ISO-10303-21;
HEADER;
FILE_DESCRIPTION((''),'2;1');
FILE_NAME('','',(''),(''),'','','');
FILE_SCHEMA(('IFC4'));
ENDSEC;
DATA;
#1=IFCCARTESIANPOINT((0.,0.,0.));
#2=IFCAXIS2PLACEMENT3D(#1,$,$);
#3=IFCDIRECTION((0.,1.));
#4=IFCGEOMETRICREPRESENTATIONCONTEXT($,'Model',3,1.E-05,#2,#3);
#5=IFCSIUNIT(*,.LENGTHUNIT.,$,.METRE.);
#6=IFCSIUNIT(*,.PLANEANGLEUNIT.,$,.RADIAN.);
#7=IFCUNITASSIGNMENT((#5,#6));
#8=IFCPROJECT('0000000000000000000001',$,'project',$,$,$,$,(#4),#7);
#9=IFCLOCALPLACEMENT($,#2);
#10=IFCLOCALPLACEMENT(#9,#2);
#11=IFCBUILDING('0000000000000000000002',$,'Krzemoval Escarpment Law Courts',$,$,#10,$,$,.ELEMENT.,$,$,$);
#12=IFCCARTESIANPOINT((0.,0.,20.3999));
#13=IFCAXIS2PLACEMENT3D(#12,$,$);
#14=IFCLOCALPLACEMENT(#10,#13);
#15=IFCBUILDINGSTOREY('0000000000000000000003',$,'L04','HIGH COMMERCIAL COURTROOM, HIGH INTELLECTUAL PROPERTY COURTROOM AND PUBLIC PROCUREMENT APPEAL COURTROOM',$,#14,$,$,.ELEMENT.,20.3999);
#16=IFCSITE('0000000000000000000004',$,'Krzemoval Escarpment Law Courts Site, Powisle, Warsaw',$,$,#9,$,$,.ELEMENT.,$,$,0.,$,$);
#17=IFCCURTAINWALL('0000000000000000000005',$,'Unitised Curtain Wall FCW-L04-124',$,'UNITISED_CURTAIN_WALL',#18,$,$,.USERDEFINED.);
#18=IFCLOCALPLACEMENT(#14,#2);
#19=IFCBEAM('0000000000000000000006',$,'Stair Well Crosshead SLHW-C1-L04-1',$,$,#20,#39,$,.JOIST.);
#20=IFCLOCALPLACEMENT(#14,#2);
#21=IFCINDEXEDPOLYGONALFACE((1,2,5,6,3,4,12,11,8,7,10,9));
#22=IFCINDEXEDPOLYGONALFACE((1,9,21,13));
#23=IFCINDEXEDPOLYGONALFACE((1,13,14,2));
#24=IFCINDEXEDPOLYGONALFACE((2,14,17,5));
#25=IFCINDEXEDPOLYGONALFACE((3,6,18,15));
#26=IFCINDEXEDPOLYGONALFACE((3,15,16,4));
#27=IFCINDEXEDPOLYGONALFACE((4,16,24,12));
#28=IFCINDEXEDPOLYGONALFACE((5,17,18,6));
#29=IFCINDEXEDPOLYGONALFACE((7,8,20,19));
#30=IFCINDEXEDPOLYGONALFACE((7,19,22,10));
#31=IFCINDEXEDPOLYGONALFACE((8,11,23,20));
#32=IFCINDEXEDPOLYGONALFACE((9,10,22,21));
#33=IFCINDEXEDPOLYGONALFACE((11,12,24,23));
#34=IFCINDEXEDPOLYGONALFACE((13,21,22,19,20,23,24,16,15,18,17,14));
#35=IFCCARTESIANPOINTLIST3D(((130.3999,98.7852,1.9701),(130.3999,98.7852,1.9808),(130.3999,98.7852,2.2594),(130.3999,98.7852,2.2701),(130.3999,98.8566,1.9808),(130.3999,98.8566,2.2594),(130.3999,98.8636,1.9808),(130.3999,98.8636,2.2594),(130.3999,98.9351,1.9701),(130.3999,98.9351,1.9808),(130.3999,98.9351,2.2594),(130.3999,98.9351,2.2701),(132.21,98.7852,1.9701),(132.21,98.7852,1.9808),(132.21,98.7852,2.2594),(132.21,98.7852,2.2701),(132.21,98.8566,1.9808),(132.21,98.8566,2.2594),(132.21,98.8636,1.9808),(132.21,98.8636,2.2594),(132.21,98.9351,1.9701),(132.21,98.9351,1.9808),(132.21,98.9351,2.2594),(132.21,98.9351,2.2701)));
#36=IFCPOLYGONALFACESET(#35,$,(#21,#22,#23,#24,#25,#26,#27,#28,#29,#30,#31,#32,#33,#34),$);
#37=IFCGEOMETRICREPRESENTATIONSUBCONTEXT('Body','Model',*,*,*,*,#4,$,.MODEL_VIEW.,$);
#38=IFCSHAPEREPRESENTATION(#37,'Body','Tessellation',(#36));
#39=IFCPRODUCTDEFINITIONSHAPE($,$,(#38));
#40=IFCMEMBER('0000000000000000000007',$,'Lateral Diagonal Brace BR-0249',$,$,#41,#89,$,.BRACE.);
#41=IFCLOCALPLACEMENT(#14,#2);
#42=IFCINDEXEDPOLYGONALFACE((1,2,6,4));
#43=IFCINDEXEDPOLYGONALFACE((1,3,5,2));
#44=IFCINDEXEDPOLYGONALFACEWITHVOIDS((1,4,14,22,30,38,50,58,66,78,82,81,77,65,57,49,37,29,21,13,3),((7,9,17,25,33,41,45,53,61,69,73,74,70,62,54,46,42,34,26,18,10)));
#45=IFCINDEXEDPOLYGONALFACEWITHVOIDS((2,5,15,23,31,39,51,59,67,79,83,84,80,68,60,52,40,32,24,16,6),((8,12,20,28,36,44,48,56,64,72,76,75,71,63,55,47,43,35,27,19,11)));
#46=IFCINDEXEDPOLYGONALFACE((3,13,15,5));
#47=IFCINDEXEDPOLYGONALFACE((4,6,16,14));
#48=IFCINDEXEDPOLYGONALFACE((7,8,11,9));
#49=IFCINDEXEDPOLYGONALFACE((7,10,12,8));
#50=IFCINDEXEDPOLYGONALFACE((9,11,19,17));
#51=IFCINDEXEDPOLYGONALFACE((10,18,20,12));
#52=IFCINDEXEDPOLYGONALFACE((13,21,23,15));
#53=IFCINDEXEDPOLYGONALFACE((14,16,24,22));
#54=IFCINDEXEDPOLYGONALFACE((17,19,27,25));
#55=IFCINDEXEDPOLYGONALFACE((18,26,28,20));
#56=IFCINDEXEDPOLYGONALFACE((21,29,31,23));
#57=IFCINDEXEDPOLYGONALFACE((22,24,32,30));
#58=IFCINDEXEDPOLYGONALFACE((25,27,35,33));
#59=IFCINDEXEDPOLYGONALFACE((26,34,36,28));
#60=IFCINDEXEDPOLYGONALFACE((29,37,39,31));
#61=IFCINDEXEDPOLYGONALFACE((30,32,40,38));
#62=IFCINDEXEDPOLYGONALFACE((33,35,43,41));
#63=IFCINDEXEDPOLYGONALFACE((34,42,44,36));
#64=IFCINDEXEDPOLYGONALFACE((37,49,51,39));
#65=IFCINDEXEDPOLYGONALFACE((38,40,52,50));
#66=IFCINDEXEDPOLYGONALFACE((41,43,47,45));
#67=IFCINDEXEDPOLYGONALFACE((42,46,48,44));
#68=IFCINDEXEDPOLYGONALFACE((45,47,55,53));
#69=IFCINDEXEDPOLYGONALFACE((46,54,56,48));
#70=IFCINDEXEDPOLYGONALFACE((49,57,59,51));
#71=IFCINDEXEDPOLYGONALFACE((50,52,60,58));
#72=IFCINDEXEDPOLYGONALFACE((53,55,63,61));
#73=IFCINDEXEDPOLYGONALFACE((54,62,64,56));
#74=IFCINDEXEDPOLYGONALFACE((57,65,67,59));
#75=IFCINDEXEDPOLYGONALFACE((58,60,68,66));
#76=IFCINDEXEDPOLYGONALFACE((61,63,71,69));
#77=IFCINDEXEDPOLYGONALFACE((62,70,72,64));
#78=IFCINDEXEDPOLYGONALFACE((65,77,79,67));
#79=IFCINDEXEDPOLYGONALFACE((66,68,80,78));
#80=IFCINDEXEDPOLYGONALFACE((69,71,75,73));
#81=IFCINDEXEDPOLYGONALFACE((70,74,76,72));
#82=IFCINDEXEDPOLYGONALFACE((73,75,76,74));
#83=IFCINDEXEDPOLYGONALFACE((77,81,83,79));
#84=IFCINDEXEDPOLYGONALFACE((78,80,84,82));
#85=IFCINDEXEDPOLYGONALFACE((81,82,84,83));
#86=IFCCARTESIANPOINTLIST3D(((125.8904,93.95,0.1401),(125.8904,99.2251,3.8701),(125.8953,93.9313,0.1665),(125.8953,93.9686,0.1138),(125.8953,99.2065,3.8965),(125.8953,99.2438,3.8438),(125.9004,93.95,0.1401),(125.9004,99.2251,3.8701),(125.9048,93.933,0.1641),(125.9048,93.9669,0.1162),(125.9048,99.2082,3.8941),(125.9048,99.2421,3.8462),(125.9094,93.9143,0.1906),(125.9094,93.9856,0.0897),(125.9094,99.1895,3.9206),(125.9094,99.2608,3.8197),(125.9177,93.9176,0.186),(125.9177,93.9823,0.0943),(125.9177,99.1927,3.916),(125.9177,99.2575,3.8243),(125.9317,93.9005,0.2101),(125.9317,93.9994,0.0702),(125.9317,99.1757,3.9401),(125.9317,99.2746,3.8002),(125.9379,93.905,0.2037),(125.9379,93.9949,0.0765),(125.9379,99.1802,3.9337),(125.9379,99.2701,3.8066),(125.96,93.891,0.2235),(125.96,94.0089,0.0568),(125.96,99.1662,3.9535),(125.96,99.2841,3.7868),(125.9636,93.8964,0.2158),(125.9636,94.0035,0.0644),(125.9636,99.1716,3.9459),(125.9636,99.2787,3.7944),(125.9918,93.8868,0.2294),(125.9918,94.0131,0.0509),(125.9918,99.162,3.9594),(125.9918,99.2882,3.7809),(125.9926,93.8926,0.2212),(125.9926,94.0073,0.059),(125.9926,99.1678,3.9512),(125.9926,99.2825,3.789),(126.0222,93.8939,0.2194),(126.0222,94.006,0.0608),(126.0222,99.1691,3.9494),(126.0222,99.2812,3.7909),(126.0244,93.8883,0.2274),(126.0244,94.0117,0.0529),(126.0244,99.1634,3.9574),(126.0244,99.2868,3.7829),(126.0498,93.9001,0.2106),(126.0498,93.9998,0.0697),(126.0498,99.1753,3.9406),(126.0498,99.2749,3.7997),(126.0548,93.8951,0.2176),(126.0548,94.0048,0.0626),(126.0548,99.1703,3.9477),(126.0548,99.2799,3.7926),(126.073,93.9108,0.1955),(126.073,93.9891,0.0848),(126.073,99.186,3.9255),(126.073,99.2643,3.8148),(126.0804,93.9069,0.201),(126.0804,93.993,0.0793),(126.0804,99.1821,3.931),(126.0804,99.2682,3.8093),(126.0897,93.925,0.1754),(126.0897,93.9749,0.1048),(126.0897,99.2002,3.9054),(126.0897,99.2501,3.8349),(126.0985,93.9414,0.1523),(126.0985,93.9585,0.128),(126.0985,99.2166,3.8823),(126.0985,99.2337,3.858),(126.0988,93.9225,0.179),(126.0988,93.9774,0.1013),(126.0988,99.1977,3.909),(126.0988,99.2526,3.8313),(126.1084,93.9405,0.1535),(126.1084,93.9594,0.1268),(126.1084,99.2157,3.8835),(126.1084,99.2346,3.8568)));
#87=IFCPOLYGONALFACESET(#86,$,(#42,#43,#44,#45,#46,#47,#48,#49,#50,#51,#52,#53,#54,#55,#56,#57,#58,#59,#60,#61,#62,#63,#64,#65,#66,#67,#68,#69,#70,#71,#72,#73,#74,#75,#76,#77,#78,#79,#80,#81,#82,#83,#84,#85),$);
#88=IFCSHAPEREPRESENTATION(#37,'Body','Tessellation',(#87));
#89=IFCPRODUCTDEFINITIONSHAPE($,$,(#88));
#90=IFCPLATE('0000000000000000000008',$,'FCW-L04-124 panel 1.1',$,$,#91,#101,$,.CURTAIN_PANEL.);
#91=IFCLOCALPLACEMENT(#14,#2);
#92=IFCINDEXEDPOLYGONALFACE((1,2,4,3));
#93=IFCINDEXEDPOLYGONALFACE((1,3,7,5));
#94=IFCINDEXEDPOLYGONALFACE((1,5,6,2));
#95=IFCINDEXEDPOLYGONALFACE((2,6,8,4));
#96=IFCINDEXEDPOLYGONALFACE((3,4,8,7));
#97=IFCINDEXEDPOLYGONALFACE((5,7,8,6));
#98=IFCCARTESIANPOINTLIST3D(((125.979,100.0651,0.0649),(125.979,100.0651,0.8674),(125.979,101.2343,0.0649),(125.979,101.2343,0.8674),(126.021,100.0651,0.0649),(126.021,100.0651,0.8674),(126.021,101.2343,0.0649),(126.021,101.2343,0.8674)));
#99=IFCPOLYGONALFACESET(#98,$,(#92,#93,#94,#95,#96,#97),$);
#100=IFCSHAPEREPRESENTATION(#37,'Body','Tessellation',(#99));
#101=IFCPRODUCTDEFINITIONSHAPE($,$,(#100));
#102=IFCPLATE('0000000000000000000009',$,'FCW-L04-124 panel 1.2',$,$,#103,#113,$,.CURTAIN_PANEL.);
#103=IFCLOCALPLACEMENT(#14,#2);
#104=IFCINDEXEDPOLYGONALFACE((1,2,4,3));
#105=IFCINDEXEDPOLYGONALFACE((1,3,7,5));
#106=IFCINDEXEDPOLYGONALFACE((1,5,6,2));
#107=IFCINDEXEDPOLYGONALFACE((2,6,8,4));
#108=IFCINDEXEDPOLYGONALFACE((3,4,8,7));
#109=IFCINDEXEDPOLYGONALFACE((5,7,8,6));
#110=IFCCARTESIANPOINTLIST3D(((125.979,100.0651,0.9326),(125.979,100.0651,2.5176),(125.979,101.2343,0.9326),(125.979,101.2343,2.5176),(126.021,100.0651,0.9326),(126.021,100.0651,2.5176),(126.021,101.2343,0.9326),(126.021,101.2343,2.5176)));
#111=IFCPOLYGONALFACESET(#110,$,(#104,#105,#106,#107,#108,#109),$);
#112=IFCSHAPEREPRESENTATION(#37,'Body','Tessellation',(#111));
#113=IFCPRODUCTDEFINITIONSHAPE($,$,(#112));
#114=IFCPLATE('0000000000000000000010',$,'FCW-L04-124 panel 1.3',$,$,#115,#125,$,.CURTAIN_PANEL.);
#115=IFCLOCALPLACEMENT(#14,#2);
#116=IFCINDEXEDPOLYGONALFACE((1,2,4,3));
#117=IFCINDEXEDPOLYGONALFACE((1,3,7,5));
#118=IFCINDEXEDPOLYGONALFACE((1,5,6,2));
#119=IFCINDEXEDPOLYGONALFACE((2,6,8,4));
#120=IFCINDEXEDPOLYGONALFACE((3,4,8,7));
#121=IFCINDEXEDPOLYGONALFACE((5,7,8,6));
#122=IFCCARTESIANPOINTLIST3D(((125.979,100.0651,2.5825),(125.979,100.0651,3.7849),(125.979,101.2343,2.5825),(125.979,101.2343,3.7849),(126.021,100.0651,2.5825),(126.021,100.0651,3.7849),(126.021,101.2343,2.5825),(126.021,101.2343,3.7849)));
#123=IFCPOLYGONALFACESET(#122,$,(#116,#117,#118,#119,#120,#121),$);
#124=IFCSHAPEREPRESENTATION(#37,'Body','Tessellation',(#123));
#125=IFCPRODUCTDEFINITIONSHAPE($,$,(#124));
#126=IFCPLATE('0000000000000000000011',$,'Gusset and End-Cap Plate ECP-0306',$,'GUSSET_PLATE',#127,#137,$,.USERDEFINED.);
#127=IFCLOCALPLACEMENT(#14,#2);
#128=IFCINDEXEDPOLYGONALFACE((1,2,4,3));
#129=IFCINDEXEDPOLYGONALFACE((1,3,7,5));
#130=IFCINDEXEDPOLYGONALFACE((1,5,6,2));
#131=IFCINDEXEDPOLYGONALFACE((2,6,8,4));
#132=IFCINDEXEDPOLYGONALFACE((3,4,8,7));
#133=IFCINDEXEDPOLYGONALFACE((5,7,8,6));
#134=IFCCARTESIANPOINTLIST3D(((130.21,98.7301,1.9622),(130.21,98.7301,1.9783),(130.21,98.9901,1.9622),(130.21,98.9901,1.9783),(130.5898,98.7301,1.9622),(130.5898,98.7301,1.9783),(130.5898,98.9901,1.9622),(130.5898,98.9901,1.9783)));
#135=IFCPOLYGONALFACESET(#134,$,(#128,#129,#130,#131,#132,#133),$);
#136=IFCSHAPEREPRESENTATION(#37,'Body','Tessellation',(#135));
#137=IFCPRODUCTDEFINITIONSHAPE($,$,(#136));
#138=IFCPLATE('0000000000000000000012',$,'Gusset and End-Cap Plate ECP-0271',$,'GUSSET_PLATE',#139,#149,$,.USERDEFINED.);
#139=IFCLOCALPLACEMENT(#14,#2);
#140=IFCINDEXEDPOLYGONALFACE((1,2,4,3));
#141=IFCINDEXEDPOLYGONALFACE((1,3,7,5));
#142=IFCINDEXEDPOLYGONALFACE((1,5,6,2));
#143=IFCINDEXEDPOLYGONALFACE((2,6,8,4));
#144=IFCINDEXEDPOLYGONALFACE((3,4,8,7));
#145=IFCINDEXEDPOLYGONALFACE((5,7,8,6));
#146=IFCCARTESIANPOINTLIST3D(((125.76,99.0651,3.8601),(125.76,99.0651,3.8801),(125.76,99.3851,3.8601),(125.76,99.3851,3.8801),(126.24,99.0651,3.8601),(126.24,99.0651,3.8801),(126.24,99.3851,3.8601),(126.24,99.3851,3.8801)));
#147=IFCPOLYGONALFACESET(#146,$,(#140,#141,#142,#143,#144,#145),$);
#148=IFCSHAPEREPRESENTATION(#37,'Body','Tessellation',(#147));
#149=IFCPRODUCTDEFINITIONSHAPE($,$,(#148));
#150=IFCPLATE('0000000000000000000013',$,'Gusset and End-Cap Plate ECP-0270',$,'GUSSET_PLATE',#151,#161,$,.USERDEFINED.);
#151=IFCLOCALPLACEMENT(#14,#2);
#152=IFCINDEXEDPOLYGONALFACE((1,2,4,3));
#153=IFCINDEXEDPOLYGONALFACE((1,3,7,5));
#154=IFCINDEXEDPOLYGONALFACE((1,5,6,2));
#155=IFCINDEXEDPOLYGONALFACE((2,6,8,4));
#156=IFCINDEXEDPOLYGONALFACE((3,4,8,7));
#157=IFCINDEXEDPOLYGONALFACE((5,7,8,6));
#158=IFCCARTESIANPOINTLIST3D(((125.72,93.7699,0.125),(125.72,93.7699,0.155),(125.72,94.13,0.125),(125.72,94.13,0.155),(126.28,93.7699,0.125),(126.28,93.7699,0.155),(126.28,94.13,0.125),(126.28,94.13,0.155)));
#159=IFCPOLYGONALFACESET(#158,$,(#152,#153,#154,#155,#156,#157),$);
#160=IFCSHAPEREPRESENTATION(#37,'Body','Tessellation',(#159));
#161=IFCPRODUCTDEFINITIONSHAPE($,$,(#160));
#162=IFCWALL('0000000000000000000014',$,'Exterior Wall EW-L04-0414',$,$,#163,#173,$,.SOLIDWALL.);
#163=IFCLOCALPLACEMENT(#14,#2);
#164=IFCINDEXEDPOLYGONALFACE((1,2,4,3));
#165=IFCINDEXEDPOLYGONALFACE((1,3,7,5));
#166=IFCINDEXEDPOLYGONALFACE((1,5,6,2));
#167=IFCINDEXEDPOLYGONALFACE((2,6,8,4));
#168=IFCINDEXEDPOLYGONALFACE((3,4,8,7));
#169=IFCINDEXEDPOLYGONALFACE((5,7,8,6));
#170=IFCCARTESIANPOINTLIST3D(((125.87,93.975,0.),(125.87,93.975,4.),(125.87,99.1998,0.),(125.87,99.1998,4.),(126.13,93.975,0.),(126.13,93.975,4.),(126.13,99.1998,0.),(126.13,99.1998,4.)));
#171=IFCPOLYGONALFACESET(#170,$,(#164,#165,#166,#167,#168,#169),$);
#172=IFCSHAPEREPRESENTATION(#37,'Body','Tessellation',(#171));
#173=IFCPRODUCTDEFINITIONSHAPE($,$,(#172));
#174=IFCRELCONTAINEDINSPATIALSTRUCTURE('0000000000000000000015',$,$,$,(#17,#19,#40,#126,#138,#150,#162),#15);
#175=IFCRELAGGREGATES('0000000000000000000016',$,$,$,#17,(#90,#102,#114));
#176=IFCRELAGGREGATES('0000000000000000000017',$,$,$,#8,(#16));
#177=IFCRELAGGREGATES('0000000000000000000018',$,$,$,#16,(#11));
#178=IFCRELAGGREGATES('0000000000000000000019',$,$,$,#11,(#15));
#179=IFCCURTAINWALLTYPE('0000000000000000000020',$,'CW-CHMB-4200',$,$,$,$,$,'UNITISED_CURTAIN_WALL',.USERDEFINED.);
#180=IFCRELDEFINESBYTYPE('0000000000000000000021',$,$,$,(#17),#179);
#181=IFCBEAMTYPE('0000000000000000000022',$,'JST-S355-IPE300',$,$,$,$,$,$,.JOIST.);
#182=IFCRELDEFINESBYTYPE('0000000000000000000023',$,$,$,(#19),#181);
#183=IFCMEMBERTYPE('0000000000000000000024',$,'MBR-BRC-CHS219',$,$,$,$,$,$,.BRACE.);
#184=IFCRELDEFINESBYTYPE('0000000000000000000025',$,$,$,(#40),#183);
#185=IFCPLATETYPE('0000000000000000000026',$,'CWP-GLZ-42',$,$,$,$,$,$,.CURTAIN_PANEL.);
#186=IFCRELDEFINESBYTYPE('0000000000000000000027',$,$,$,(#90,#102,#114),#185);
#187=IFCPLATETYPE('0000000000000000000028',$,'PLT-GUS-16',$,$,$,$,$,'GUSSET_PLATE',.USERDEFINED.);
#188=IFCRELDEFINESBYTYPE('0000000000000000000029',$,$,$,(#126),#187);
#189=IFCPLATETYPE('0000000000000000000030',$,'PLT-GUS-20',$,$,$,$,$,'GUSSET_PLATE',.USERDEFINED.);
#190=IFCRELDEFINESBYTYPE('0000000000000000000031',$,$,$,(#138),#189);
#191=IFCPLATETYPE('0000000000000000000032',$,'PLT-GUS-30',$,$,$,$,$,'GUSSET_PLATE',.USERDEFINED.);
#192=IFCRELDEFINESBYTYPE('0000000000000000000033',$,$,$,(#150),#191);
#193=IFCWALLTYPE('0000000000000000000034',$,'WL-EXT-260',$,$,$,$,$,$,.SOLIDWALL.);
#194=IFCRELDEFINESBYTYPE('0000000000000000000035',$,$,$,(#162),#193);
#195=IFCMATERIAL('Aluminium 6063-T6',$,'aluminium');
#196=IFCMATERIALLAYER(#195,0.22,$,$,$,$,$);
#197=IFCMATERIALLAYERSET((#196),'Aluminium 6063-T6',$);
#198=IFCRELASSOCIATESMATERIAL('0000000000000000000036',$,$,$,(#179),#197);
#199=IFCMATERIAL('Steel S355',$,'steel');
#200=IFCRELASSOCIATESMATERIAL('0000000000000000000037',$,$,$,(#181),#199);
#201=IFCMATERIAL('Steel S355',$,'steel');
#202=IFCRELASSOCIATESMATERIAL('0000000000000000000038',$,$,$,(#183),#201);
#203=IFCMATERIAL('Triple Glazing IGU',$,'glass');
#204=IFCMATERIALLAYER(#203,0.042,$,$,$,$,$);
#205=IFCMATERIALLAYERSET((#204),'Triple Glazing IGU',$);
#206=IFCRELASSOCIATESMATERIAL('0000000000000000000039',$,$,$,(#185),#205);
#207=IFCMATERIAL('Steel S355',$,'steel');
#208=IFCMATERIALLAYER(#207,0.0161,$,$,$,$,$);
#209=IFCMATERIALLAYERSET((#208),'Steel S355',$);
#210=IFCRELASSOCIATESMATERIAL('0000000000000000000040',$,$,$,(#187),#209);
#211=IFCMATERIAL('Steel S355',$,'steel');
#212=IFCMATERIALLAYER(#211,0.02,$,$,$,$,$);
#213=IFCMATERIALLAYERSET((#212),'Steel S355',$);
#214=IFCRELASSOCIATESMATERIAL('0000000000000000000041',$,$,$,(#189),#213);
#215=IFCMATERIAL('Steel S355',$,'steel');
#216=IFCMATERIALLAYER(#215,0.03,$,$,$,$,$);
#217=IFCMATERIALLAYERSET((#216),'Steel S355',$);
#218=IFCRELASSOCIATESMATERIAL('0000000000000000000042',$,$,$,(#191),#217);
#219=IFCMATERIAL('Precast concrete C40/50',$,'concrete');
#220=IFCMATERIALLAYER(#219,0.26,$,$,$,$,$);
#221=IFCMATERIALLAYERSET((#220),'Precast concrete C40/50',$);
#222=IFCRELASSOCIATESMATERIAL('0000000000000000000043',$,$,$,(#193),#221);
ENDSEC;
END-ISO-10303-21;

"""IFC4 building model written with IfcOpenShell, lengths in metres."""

from ifc_helpers import new_model, si_unit, direction, frame, frame_2d, origin, origin_2d, place, context, subcontext, project, spatial, rectangle, hollow_circle, i_section, extrude, material, layer, layer_set, material_profile, profile_set, type_object, element, aggregate, save


model = new_model("IFC4")

# Units and contexts
model_context = context("Model", 3, precision=1e-05, world=origin(), true_north=direction((0.0, 1.0)))
body_context = subcontext(model_context, "Body", "Model", "MODEL_VIEW")
ifc_project = project(units=[si_unit("LENGTHUNIT", "METRE"), si_unit("PLANEANGLEUNIT", "RADIAN")], contexts=[model_context])

# Site, building, storey
site_placement = place(None, origin())
site = spatial("IfcSite", under=ifc_project, at=site_placement, Name="Krzemoval Escarpment Law Courts Site, Powisle, Warsaw", CompositionType="ELEMENT", RefElevation=0.0)
building_placement = place(site_placement, origin())
building = spatial("IfcBuilding", under=site, at=building_placement, Name="Krzemoval Escarpment Law Courts", CompositionType="ELEMENT")
storey_placement = place(building_placement, frame((0.0, 0.0, 20.3999)))
storey = spatial("IfcBuildingStorey", under=building, at=storey_placement, Name="L04", Description="HIGH COMMERCIAL COURTROOM, HIGH INTELLECTUAL PROPERTY COURTROOM AND PUBLIC PROCUREMENT APPEAL COURTROOM", CompositionType="ELEMENT", Elevation=20.3999)

# Curtain wall
ifc_material_1 = material(Name="Aluminium 6063-T6", Category="aluminium")
ifc_layer_1 = layer(ifc_material_1, 0.22)
ifc_layer_set_1 = layer_set([ifc_layer_1], Name="Aluminium 6063-T6")
curtain_wall_type = type_object("IfcCurtainWallType", Name="CW-CHMB-4200", ElementType="UNITISED_CURTAIN_WALL", PredefinedType="USERDEFINED", material=ifc_layer_set_1)
curtain_wall_placement = place(storey_placement, origin())
curtain_wall = element("IfcCurtainWall", 1, at=curtain_wall_placement, inside=storey, type_object=curtain_wall_type, Name="Unitised Curtain Wall FCW-L04-124", ObjectType="UNITISED_CURTAIN_WALL", PredefinedType="USERDEFINED")

# Beam
ifc_material_2 = material(Name="Steel S355", Category="steel")
ifc_material_profile_1 = material_profile(ifc_material_2, i_section(OverallWidth=0.1499, OverallDepth=0.3, WebThickness=0.0071, FlangeThickness=0.0107, at=origin_2d()), Name="IPE 300")
ifc_profile_set_1 = profile_set([ifc_material_profile_1], Name="Steel S355")
beam_type = type_object("IfcBeamType", Name="JST-S355-IPE300", PredefinedType="JOIST", material=ifc_profile_set_1)
beam_placement = place(storey_placement, frame((130.3999, 98.8601, 2.1201), z_axis=(1.0, 0.0, 0.0), x_axis=(0.0, 1.0, 0.0)))
element("IfcBeam", 2, at=beam_placement, inside=storey, type_object=beam_type, Name="Stair Well Crosshead SLHW-C1-L04-1", PredefinedType="JOIST", context=body_context, shape_type="SweptSolid", body=[
    extrude(i_section(OverallWidth=0.1499, OverallDepth=0.3, WebThickness=0.0071, FlangeThickness=0.0107, at=origin_2d()), origin(), (0.0, 0.0, 1.0), 1.8101),
])

# Member
ifc_material_3 = material(Name="Steel S355", Category="steel")
ifc_material_profile_2 = material_profile(ifc_material_3, hollow_circle(Radius=0.1096, WallThickness=0.01, at=origin_2d()), Name="CHS 219.1x10")
ifc_profile_set_2 = profile_set([ifc_material_profile_2], Name="Steel S355")
member_type_1 = type_object("IfcMemberType", Name="MBR-BRC-CHS219", PredefinedType="BRACE", material=ifc_profile_set_2)
member_1_placement = place(storey_placement, frame((126.0, 93.95, 0.1401), z_axis=(0.0, 0.816505, 0.577339), x_axis=(-1.0, 0.0, 0.0)))
element("IfcMember", 3, at=member_1_placement, inside=storey, type_object=member_type_1, Name="Lateral Diagonal Brace BR-0249", PredefinedType="BRACE", context=body_context, shape_type="SweptSolid", body=[
    extrude(hollow_circle(Radius=0.1096, WallThickness=0.01, at=origin_2d()), origin(), (0.0, 0.0, 1.0), 6.4607),
])

# Plates
ifc_material_4 = material(Name="Triple Glazing IGU", Category="glass")
ifc_layer_2 = layer(ifc_material_4, 0.042)
ifc_layer_set_2 = layer_set([ifc_layer_2], Name="Triple Glazing IGU")
plate_type_1 = type_object("IfcPlateType", Name="CWP-GLZ-42", PredefinedType="CURTAIN_PANEL", material=ifc_layer_set_2)
plate_1_placement = place(storey_placement, frame((126.0, 100.6497, 0.0649), z_axis=(0.0, 0.0, 1.0), x_axis=(0.0, 1.0, 0.0)))
plate_1 = element("IfcPlate", 4, at=plate_1_placement, type_object=plate_type_1, Name="FCW-L04-124 panel 1.1", PredefinedType="CURTAIN_PANEL", context=body_context, shape_type="SweptSolid", body=[
    extrude(rectangle(XDim=1.1692, YDim=0.042, at=origin_2d()), origin(), (0.0, 0.0, 1.0), 0.8025),
])
plate_2_placement = place(storey_placement, frame((126.0, 100.6497, 0.9326), z_axis=(0.0, 0.0, 1.0), x_axis=(0.0, 1.0, 0.0)))
plate_2 = element("IfcPlate", 5, at=plate_2_placement, type_object=plate_type_1, Name="FCW-L04-124 panel 1.2", PredefinedType="CURTAIN_PANEL", context=body_context, shape_type="SweptSolid", body=[
    extrude(rectangle(XDim=1.1692, YDim=0.042, at=origin_2d()), origin(), (0.0, 0.0, 1.0), 1.585),
])
plate_3_placement = place(storey_placement, frame((126.0, 100.6497, 2.5825), z_axis=(0.0, 0.0, 1.0), x_axis=(0.0, 1.0, 0.0)))
plate_3 = element("IfcPlate", 6, at=plate_3_placement, type_object=plate_type_1, Name="FCW-L04-124 panel 1.3", PredefinedType="CURTAIN_PANEL", context=body_context, shape_type="SweptSolid", body=[
    extrude(rectangle(XDim=1.1692, YDim=0.042, at=origin_2d()), origin(), (0.0, 0.0, 1.0), 1.2024),
])
aggregate(curtain_wall, [plate_1, plate_2, plate_3])

# Plates
ifc_material_5 = material(Name="Steel S355", Category="steel")
ifc_layer_3 = layer(ifc_material_5, 0.0161)
ifc_layer_set_3 = layer_set([ifc_layer_3], Name="Steel S355")
plate_type_2 = type_object("IfcPlateType", Name="PLT-GUS-16", ElementType="GUSSET_PLATE", PredefinedType="USERDEFINED", material=ifc_layer_set_3)
plate_4_placement = place(storey_placement, frame((130.3999, 98.8601, 1.9622), z_axis=(0.0, 0.0, 1.0), x_axis=(1.0, 0.0, 0.0)))
element("IfcPlate", 7, at=plate_4_placement, inside=storey, type_object=plate_type_2, Name="Gusset and End-Cap Plate ECP-0306", ObjectType="GUSSET_PLATE", PredefinedType="USERDEFINED", context=body_context, shape_type="SweptSolid", body=[
    extrude(rectangle(XDim=0.3799, YDim=0.26, at=origin_2d()), origin(), (0.0, 0.0, 1.0), 0.0161),
])
ifc_material_6 = material(Name="Steel S355", Category="steel")
ifc_layer_4 = layer(ifc_material_6, 0.02)
ifc_layer_set_4 = layer_set([ifc_layer_4], Name="Steel S355")
plate_type_3 = type_object("IfcPlateType", Name="PLT-GUS-20", ElementType="GUSSET_PLATE", PredefinedType="USERDEFINED", material=ifc_layer_set_4)
plate_5_placement = place(storey_placement, frame((126.0, 99.2251, 3.8601), z_axis=(0.0, 0.0, 1.0), x_axis=(1.0, 0.0, 0.0)))
element("IfcPlate", 8, at=plate_5_placement, inside=storey, type_object=plate_type_3, Name="Gusset and End-Cap Plate ECP-0271", ObjectType="GUSSET_PLATE", PredefinedType="USERDEFINED", context=body_context, shape_type="SweptSolid", body=[
    extrude(rectangle(XDim=0.48, YDim=0.3201, at=origin_2d()), origin(), (0.0, 0.0, 1.0), 0.02),
])
ifc_material_7 = material(Name="Steel S355", Category="steel")
ifc_layer_5 = layer(ifc_material_7, 0.03)
ifc_layer_set_5 = layer_set([ifc_layer_5], Name="Steel S355")
plate_type_4 = type_object("IfcPlateType", Name="PLT-GUS-30", ElementType="GUSSET_PLATE", PredefinedType="USERDEFINED", material=ifc_layer_set_5)
plate_6_placement = place(storey_placement, frame((126.0, 93.95, 0.125), z_axis=(0.0, 0.0, 1.0), x_axis=(1.0, 0.0, 0.0)))
element("IfcPlate", 9, at=plate_6_placement, inside=storey, type_object=plate_type_4, Name="Gusset and End-Cap Plate ECP-0270", ObjectType="GUSSET_PLATE", PredefinedType="USERDEFINED", context=body_context, shape_type="SweptSolid", body=[
    extrude(rectangle(XDim=0.5601, YDim=0.3601, at=origin_2d()), origin(), (0.0, 0.0, 1.0), 0.03),
])

# Wall
ifc_material_8 = material(Name="Precast concrete C40/50", Category="concrete")
ifc_layer_6 = layer(ifc_material_8, 0.26)
ifc_layer_set_6 = layer_set([ifc_layer_6], Name="Precast concrete C40/50")
wall_type_1 = type_object("IfcWallType", Name="WL-EXT-260", PredefinedType="SOLIDWALL", material=ifc_layer_set_6)
wall_1_placement = place(storey_placement, frame((126.0, 93.9751, 0.0), z_axis=(0.0, 0.0, 1.0), x_axis=(0.0, 1.0, 0.0)))
element("IfcWall", 10, at=wall_1_placement, inside=storey, type_object=wall_type_1, Name="Exterior Wall EW-L04-0414", PredefinedType="SOLIDWALL", context=body_context, shape_type="SweptSolid", body=[
    extrude(rectangle(XDim=5.2249, YDim=0.26, at=frame_2d((2.6123, 0.0))), origin(), (0.0, 0.0, 1.0), 4.0),
])

save(model, "model.ifc")
